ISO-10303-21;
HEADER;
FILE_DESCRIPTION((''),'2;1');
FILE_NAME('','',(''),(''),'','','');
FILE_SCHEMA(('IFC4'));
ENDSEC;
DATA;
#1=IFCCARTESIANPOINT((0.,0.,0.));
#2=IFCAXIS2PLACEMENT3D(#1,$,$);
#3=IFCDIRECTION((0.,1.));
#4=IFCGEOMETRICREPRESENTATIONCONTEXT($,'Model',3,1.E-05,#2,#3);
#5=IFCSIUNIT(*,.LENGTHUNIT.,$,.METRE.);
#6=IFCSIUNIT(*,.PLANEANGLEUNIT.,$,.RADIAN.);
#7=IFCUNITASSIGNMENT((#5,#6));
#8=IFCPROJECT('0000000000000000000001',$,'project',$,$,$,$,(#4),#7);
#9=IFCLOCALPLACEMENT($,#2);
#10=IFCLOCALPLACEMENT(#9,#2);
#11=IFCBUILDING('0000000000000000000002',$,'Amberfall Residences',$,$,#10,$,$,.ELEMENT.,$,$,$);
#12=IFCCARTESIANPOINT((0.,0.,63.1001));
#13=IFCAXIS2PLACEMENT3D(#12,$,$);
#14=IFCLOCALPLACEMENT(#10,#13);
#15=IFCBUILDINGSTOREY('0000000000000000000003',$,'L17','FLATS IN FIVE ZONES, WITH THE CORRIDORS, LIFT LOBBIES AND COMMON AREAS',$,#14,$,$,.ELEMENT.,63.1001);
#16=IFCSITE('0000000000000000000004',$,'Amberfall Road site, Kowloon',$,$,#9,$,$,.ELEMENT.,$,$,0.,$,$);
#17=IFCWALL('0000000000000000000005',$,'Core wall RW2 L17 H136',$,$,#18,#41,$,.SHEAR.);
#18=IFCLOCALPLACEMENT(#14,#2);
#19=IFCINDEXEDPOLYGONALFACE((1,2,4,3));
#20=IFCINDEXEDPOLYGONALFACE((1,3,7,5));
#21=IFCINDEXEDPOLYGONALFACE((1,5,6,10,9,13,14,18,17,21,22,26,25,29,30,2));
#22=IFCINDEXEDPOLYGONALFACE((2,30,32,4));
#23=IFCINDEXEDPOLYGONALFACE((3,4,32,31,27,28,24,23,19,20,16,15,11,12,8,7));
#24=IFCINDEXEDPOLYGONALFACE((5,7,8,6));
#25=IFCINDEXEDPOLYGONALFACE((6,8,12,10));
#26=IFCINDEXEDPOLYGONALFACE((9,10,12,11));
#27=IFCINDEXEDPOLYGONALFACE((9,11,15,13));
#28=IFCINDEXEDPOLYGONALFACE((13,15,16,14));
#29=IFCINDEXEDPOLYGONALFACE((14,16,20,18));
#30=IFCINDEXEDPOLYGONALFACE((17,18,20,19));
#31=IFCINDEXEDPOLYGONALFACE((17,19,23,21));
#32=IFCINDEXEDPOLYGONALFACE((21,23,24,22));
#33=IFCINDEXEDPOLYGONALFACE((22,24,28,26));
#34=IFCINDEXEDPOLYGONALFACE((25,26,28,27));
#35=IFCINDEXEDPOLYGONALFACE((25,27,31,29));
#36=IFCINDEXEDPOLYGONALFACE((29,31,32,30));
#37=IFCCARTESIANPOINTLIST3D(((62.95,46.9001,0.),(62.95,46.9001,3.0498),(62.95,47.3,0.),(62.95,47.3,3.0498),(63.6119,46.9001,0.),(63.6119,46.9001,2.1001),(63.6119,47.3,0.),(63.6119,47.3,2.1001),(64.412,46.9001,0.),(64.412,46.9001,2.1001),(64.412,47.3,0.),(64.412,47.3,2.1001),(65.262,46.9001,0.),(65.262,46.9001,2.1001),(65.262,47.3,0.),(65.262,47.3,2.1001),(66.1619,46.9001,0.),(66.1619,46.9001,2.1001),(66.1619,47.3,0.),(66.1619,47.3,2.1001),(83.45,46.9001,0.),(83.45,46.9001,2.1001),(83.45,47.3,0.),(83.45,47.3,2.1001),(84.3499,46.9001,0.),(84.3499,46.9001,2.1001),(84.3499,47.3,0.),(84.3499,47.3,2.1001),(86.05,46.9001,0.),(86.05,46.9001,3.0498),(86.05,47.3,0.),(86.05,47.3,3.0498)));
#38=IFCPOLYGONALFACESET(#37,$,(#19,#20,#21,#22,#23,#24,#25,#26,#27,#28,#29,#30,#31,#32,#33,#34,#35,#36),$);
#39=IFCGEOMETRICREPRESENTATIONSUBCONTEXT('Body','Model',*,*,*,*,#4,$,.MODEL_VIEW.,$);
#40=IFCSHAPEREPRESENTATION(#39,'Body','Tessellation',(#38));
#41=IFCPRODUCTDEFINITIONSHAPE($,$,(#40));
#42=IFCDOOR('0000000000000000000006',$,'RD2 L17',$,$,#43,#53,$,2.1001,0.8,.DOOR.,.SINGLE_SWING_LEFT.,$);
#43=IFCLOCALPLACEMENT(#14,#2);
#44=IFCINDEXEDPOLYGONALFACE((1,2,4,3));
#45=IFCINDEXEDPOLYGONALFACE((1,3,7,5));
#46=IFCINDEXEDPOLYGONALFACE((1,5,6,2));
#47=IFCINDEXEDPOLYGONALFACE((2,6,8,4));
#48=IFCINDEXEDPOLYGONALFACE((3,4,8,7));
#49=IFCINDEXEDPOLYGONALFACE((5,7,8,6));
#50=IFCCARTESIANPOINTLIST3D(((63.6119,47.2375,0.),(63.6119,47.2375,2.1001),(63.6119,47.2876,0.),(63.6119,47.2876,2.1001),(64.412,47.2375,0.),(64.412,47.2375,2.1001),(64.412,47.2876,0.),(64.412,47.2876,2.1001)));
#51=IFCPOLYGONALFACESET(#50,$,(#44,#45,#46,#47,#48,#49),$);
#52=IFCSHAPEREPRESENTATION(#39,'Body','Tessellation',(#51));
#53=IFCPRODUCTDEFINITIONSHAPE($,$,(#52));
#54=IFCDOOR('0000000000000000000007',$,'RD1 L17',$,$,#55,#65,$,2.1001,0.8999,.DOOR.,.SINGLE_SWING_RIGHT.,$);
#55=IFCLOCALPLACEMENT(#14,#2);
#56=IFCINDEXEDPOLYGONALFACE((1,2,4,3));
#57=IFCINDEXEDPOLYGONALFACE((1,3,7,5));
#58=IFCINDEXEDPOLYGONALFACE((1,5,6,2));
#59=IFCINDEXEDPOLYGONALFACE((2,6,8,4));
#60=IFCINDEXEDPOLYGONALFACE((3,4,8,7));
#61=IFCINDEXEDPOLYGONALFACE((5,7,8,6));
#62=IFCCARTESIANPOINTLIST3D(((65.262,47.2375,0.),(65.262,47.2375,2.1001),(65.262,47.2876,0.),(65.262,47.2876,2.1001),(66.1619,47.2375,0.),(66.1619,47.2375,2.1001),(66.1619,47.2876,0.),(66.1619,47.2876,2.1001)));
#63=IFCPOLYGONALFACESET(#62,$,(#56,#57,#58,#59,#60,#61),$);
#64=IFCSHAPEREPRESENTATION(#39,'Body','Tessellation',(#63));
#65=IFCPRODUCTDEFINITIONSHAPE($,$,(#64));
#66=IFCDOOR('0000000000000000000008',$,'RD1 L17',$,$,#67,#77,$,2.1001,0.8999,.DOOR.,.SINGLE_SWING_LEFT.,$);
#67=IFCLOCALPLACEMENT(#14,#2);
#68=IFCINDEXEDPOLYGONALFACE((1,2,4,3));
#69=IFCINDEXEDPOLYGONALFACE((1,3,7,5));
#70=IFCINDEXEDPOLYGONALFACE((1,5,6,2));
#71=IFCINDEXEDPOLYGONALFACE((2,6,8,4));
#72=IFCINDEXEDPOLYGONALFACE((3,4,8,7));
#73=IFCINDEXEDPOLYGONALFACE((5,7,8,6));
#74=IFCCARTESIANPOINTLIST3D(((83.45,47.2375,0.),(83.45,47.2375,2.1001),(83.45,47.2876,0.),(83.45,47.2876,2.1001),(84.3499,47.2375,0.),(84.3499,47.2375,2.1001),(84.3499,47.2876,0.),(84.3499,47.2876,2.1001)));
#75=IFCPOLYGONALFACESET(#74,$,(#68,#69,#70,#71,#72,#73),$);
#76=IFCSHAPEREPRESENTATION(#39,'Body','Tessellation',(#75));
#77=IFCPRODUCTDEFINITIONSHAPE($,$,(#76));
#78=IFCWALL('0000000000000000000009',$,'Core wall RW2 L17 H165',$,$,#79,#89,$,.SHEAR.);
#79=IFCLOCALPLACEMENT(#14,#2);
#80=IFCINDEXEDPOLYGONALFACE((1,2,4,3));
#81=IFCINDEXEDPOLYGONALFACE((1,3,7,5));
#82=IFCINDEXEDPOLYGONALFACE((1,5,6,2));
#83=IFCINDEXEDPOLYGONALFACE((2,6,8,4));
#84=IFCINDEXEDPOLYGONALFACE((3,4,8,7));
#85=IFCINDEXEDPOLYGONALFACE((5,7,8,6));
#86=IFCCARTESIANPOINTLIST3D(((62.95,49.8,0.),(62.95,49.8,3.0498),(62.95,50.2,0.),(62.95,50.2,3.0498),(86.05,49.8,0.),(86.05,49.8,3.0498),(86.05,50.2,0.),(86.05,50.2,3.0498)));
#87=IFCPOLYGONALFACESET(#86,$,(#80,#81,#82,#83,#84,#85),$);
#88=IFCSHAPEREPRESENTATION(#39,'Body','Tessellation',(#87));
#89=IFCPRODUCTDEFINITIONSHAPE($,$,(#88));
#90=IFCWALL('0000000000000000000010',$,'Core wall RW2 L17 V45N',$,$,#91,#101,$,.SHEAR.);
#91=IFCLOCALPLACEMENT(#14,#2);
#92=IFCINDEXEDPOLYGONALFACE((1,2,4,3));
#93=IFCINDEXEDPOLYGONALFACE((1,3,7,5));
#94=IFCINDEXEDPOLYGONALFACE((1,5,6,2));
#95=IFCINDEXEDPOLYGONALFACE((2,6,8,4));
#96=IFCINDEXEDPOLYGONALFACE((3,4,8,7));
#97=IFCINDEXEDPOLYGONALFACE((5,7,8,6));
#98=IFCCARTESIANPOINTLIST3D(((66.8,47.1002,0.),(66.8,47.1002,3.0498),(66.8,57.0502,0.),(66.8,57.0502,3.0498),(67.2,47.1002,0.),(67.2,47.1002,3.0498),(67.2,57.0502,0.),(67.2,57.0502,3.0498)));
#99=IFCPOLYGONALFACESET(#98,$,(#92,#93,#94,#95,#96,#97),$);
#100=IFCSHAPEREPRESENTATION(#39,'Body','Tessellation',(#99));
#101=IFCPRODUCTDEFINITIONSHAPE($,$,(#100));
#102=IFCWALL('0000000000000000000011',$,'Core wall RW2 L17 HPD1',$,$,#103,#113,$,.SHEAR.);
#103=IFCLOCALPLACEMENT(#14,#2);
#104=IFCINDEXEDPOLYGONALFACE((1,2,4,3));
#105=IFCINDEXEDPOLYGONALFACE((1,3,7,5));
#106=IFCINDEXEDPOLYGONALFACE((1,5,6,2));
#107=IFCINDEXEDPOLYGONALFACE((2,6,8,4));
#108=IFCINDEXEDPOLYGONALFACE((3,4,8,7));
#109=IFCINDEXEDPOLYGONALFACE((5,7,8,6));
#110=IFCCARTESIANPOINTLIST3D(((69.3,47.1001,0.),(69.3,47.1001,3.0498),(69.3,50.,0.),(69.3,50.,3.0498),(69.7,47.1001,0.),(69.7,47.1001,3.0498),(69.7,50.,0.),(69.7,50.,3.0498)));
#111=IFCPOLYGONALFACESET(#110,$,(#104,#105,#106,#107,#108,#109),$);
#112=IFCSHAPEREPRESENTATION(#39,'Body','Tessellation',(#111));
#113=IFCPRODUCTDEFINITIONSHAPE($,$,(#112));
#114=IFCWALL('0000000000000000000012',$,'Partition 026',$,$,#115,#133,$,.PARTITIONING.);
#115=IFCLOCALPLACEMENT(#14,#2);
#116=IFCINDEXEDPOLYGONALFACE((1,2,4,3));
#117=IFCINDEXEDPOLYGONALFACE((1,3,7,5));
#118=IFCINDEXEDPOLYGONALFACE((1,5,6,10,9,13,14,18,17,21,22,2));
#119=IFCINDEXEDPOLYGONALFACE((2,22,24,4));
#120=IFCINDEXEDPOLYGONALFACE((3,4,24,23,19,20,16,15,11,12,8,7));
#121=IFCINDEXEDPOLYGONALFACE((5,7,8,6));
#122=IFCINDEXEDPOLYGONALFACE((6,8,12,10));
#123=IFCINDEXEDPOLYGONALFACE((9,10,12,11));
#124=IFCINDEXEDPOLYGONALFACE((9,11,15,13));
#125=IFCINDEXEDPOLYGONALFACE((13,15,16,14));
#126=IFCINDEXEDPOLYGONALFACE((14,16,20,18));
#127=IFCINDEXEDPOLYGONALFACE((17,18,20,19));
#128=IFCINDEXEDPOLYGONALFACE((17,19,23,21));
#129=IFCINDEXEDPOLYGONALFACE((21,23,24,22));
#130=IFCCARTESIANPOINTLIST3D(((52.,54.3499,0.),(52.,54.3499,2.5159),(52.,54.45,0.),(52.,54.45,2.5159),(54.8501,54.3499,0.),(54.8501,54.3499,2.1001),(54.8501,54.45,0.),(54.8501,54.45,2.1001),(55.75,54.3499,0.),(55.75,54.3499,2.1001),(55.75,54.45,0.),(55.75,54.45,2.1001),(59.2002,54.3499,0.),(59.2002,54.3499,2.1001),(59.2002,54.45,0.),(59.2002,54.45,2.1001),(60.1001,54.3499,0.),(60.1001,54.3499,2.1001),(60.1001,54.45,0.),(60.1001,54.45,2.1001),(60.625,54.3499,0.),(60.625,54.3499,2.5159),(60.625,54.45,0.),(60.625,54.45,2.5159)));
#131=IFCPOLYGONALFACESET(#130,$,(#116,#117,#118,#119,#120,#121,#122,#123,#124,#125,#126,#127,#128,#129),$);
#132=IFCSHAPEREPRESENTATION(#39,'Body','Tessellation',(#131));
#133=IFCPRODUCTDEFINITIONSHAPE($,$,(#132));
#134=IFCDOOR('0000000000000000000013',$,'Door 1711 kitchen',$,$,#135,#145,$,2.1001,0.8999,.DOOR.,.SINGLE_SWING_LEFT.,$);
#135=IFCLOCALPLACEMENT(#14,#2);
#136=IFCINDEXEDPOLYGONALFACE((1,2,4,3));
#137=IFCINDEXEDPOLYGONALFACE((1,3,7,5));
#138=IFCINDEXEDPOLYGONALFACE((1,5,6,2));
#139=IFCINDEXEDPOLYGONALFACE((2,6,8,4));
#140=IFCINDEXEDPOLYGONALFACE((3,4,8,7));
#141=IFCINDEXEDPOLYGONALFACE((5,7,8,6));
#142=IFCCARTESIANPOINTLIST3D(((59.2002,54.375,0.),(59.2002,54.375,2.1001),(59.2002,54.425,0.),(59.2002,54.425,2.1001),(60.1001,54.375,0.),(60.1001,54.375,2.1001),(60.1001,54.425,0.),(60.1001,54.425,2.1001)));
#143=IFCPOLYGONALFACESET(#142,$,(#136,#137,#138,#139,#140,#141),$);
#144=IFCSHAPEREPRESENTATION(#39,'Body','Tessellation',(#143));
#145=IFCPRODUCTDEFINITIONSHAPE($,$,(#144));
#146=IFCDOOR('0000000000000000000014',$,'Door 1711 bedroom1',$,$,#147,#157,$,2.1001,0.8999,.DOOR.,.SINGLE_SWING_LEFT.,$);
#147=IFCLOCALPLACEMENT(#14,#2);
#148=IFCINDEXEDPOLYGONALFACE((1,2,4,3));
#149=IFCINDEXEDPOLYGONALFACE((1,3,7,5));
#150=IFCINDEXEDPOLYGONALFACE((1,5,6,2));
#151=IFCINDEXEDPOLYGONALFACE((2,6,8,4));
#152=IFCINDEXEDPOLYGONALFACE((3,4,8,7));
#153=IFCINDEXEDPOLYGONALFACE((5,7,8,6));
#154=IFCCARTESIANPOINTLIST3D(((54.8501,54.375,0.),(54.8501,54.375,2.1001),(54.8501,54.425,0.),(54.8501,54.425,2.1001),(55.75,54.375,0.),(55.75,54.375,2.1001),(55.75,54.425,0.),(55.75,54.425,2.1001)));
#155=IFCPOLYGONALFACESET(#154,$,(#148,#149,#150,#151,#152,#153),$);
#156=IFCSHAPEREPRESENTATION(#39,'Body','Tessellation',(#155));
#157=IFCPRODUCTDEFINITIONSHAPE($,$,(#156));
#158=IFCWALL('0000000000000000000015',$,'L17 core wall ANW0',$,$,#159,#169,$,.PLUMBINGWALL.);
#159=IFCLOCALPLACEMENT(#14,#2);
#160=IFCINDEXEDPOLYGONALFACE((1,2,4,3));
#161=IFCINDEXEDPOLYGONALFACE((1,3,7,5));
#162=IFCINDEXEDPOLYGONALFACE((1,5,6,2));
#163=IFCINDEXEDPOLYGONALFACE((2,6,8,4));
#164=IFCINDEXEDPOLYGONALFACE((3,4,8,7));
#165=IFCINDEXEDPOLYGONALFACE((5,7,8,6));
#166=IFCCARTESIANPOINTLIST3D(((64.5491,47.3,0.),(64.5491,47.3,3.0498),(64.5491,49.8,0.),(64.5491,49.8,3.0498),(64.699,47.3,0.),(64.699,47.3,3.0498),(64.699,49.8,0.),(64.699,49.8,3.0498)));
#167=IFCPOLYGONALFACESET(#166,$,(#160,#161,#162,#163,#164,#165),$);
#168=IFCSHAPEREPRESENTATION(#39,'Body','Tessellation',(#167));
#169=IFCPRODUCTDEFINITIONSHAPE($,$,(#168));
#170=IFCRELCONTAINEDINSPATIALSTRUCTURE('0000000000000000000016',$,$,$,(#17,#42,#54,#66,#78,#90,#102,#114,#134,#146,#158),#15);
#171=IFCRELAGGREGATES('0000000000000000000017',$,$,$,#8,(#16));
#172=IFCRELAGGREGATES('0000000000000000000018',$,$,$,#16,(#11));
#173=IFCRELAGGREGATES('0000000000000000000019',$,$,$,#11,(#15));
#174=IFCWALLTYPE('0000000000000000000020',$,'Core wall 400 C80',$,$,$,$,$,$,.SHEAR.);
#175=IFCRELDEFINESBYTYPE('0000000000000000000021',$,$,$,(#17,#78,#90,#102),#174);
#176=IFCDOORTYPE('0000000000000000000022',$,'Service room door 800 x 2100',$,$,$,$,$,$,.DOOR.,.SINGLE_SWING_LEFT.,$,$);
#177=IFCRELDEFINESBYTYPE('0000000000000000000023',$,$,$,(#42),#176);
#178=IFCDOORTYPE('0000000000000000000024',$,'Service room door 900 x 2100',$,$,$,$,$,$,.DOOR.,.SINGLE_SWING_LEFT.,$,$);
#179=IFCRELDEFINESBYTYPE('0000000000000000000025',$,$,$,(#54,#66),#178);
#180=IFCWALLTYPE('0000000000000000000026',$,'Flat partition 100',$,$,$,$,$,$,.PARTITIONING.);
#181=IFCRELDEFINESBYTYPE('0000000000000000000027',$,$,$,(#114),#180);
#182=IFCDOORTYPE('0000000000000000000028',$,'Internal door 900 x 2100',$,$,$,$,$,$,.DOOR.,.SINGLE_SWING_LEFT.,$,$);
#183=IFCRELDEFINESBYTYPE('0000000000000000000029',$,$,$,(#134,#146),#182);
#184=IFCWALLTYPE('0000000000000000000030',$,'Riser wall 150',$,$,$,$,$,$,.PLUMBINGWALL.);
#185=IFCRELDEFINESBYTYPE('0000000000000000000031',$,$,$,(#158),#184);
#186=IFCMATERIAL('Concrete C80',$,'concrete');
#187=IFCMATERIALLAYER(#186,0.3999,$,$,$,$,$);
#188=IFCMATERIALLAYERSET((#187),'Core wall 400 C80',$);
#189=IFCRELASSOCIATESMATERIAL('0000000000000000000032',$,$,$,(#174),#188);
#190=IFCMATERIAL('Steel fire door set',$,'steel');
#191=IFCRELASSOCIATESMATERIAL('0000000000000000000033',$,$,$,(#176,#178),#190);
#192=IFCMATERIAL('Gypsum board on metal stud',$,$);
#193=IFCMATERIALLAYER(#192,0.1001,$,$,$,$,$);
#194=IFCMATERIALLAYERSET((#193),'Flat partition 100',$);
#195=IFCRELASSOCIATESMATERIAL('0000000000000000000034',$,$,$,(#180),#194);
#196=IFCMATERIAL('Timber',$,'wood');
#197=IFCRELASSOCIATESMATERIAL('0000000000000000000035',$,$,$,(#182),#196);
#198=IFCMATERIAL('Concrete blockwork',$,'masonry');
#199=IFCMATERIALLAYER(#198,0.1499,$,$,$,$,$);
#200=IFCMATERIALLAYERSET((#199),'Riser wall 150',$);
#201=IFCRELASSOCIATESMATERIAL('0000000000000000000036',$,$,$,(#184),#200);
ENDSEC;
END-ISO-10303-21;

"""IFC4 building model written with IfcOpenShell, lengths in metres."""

from ifc_helpers import new_model, si_unit, direction, frame, frame_2d, origin, place, context, subcontext, project, spatial, rectangle, extrude, material, layer, layer_set, type_object, element, fill, save


model = new_model("IFC4")

# Units and contexts
model_context = context("Model", 3, precision=1e-05, world=origin(), true_north=direction((0.0, 1.0)))
body_context = subcontext(model_context, "Body", "Model", "MODEL_VIEW")
ifc_project = project(units=[si_unit("LENGTHUNIT", "METRE"), si_unit("PLANEANGLEUNIT", "RADIAN")], contexts=[model_context])

# Site, building, storey
site_placement = place(None, origin())
site = spatial("IfcSite", under=ifc_project, at=site_placement, Name="Amberfall Road site, Kowloon", CompositionType="ELEMENT", RefElevation=0.0)
building_placement = place(site_placement, origin())
building = spatial("IfcBuilding", under=site, at=building_placement, Name="Amberfall Residences", CompositionType="ELEMENT")
storey_placement = place(building_placement, frame((0.0, 0.0, 63.1001)))
storey = spatial("IfcBuildingStorey", under=building, at=storey_placement, Name="L17", Description="FLATS IN FIVE ZONES, WITH THE CORRIDORS, LIFT LOBBIES AND COMMON AREAS", CompositionType="ELEMENT", Elevation=63.1001)

# Wall, openings, doors
ifc_material_1 = material(Name="Concrete C80", Category="concrete")
ifc_layer_1 = layer(ifc_material_1, 0.3999)
ifc_layer_set_1 = layer_set([ifc_layer_1], Name="Core wall 400 C80")
wall_type_1 = type_object("IfcWallType", Name="Core wall 400 C80", PredefinedType="SHEAR", material=ifc_layer_set_1)
wall_1_placement = place(storey_placement, frame((62.95, 47.1001, 0.0), z_axis=(0.0, 0.0, 1.0), x_axis=(1.0, 0.0, 0.0)))
wall_1 = element("IfcWall", 1, at=wall_1_placement, inside=storey, type_object=wall_type_1, Name="Core wall RW2 L17 H136", PredefinedType="SHEAR", context=body_context, shape_type="SweptSolid", body=[
    extrude(rectangle(XDim=23.1001, YDim=0.3999, at=frame_2d((11.55, 0.0))), origin(), (0.0, 0.0, 1.0), 3.0498),
])
opening_1_placement = place(wall_1_placement, frame((0.6621, 0.0, 0.0)))
opening_1 = element("IfcOpeningElement", 2, at=opening_1_placement, cuts=wall_1, PredefinedType="OPENING", context=body_context, shape_type="SweptSolid", body=[
    extrude(rectangle(XDim=0.8, YDim=2.1001, at=frame_2d((0.3999, 1.05))), frame((0.0, 0.21, 0.0), z_axis=(0.0, -1.0, 0.0), x_axis=(1.0, 0.0, 0.0)), (0.0, 0.0, 1.0), 0.4199),
])
opening_2_placement = place(wall_1_placement, frame((2.312, 0.0, 0.0)))
opening_2 = element("IfcOpeningElement", 3, at=opening_2_placement, cuts=wall_1, PredefinedType="OPENING", context=body_context, shape_type="SweptSolid", body=[
    extrude(rectangle(XDim=0.8999, YDim=2.1001, at=frame_2d((0.45, 1.05))), frame((0.0, 0.21, 0.0), z_axis=(0.0, -1.0, 0.0), x_axis=(1.0, 0.0, 0.0)), (0.0, 0.0, 1.0), 0.4199),
])
opening_3_placement = place(wall_1_placement, frame((20.5, 0.0, 0.0)))
opening_3 = element("IfcOpeningElement", 4, at=opening_3_placement, cuts=wall_1, PredefinedType="OPENING", context=body_context, shape_type="SweptSolid", body=[
    extrude(rectangle(XDim=0.8999, YDim=2.1001, at=frame_2d((0.45, 1.05))), frame((0.0, 0.21, 0.0), z_axis=(0.0, -1.0, 0.0), x_axis=(1.0, 0.0, 0.0)), (0.0, 0.0, 1.0), 0.4199),
])
ifc_material_2 = material(Name="Steel fire door set", Category="steel")
door_type_1 = type_object("IfcDoorType", Name="Service room door 800 x 2100", OperationType="SINGLE_SWING_LEFT", PredefinedType="DOOR", material=ifc_material_2)
door_1_placement = place(opening_1_placement, origin())
door_1 = element("IfcDoor", 5, at=door_1_placement, inside=storey, type_object=door_type_1, Name="RD2 L17", OperationType="SINGLE_SWING_LEFT", OverallHeight=2.1001, OverallWidth=0.8, PredefinedType="DOOR", context=body_context, shape_type="SweptSolid", body=[
    extrude(rectangle(XDim=0.8, YDim=2.1001, at=frame_2d((0.3999, 1.05))), frame((0.0, 0.1875, 0.0), z_axis=(0.0, -1.0, 0.0), x_axis=(1.0, 0.0, 0.0)), (0.0, 0.0, 1.0), 0.05),
])
fill(opening_1, door_1)
door_type_2 = type_object("IfcDoorType", Name="Service room door 900 x 2100", OperationType="SINGLE_SWING_LEFT", PredefinedType="DOOR", material=ifc_material_2)
door_2_placement = place(opening_2_placement, origin())
door_2 = element("IfcDoor", 6, at=door_2_placement, inside=storey, type_object=door_type_2, Name="RD1 L17", OperationType="SINGLE_SWING_RIGHT", OverallHeight=2.1001, OverallWidth=0.8999, PredefinedType="DOOR", context=body_context, shape_type="SweptSolid", body=[
    extrude(rectangle(XDim=0.8999, YDim=2.1001, at=frame_2d((0.45, 1.05))), frame((0.0, 0.1875, 0.0), z_axis=(0.0, -1.0, 0.0), x_axis=(1.0, 0.0, 0.0)), (0.0, 0.0, 1.0), 0.05),
])
fill(opening_2, door_2)
door_3_placement = place(opening_3_placement, origin())
door_3 = element("IfcDoor", 7, at=door_3_placement, inside=storey, type_object=door_type_2, Name="RD1 L17", OperationType="SINGLE_SWING_LEFT", OverallHeight=2.1001, OverallWidth=0.8999, PredefinedType="DOOR", context=body_context, shape_type="SweptSolid", body=[
    extrude(rectangle(XDim=0.8999, YDim=2.1001, at=frame_2d((0.45, 1.05))), frame((0.0, 0.1875, 0.0), z_axis=(0.0, -1.0, 0.0), x_axis=(1.0, 0.0, 0.0)), (0.0, 0.0, 1.0), 0.05),
])
fill(opening_3, door_3)

# Walls
wall_2_placement = place(storey_placement, frame((62.95, 50.0, 0.0), z_axis=(0.0, 0.0, 1.0), x_axis=(1.0, 0.0, 0.0)))
element("IfcWall", 8, at=wall_2_placement, inside=storey, type_object=wall_type_1, Name="Core wall RW2 L17 H165", PredefinedType="SHEAR", context=body_context, shape_type="SweptSolid", body=[
    extrude(rectangle(XDim=23.1001, YDim=0.3999, at=frame_2d((11.55, 0.0))), origin(), (0.0, 0.0, 1.0), 3.0498),
])
wall_3_placement = place(storey_placement, frame((67.0, 47.1001, 0.0), z_axis=(0.0, 0.0, 1.0), x_axis=(0.0, 1.0, 0.0)))
element("IfcWall", 9, at=wall_3_placement, inside=storey, type_object=wall_type_1, Name="Core wall RW2 L17 V45N", PredefinedType="SHEAR", context=body_context, shape_type="SweptSolid", body=[
    extrude(rectangle(XDim=9.95, YDim=0.3999, at=frame_2d((4.9751, 0.0))), origin(), (0.0, 0.0, 1.0), 3.0498),
])
wall_4_placement = place(storey_placement, frame((69.5, 47.1001, 0.0), z_axis=(0.0, 0.0, 1.0), x_axis=(0.0, 1.0, 0.0)))
element("IfcWall", 10, at=wall_4_placement, inside=storey, type_object=wall_type_1, Name="Core wall RW2 L17 HPD1", PredefinedType="SHEAR", context=body_context, shape_type="SweptSolid", body=[
    extrude(rectangle(XDim=2.8999, YDim=0.3999, at=frame_2d((1.45, 0.0))), origin(), (0.0, 0.0, 1.0), 3.0498),
])

# Wall, openings, doors
ifc_material_3 = material(Name="Gypsum board on metal stud")
ifc_layer_2 = layer(ifc_material_3, 0.1001)
ifc_layer_set_2 = layer_set([ifc_layer_2], Name="Flat partition 100")
wall_type_2 = type_object("IfcWallType", Name="Flat partition 100", PredefinedType="PARTITIONING", material=ifc_layer_set_2)
wall_5_placement = place(storey_placement, frame((60.625, 54.3999, 0.0), z_axis=(0.0, 0.0, 1.0), x_axis=(-1.0, 0.0, 0.0)))
wall_5 = element("IfcWall", 11, at=wall_5_placement, inside=storey, type_object=wall_type_2, Name="Partition 026", PredefinedType="PARTITIONING", context=body_context, shape_type="SweptSolid", body=[
    extrude(rectangle(XDim=8.625, YDim=0.1001, at=frame_2d((4.3125, 0.0))), origin(), (0.0, 0.0, 1.0), 2.5159),
])
opening_4_placement = place(wall_5_placement, frame((0.5249, 0.0, 0.0)))
opening_4 = element("IfcOpeningElement", 12, at=opening_4_placement, cuts=wall_5, PredefinedType="OPENING", context=body_context, shape_type="SweptSolid", body=[
    extrude(rectangle(XDim=0.8999, YDim=2.1001, at=frame_2d((0.45, 1.05))), frame((0.0, 0.0601, 0.0), z_axis=(0.0, -1.0, 0.0), x_axis=(1.0, 0.0, 0.0)), (0.0, 0.0, 1.0), 0.1201),
])
opening_5_placement = place(wall_5_placement, frame((4.875, 0.0, 0.0)))
opening_5 = element("IfcOpeningElement", 13, at=opening_5_placement, cuts=wall_5, PredefinedType="OPENING", context=body_context, shape_type="SweptSolid", body=[
    extrude(rectangle(XDim=0.8999, YDim=2.1001, at=frame_2d((0.45, 1.05))), frame((0.0, 0.0601, 0.0), z_axis=(0.0, -1.0, 0.0), x_axis=(1.0, 0.0, 0.0)), (0.0, 0.0, 1.0), 0.1201),
])
ifc_material_4 = material(Name="Timber", Category="wood")
door_type_3 = type_object("IfcDoorType", Name="Internal door 900 x 2100", OperationType="SINGLE_SWING_LEFT", PredefinedType="DOOR", material=ifc_material_4)
door_4_placement = place(opening_4_placement, origin())
door_4 = element("IfcDoor", 14, at=door_4_placement, inside=storey, type_object=door_type_3, Name="Door 1711 kitchen", OperationType="SINGLE_SWING_LEFT", OverallHeight=2.1001, OverallWidth=0.8999, PredefinedType="DOOR", context=body_context, shape_type="SweptSolid", body=[
    extrude(rectangle(XDim=0.8999, YDim=2.1001, at=frame_2d((0.45, 1.05))), frame((0.0, 0.0249, 0.0), z_axis=(0.0, -1.0, 0.0), x_axis=(1.0, 0.0, 0.0)), (0.0, 0.0, 1.0), 0.05),
])
fill(opening_4, door_4)
door_5_placement = place(opening_5_placement, origin())
door_5 = element("IfcDoor", 15, at=door_5_placement, inside=storey, type_object=door_type_3, Name="Door 1711 bedroom1", OperationType="SINGLE_SWING_LEFT", OverallHeight=2.1001, OverallWidth=0.8999, PredefinedType="DOOR", context=body_context, shape_type="SweptSolid", body=[
    extrude(rectangle(XDim=0.8999, YDim=2.1001, at=frame_2d((0.45, 1.05))), frame((0.0, 0.0249, 0.0), z_axis=(0.0, -1.0, 0.0), x_axis=(1.0, 0.0, 0.0)), (0.0, 0.0, 1.0), 0.05),
])
fill(opening_5, door_5)

# Wall
ifc_material_5 = material(Name="Concrete blockwork", Category="masonry")
ifc_layer_3 = layer(ifc_material_5, 0.1499)
ifc_layer_set_3 = layer_set([ifc_layer_3], Name="Riser wall 150")
wall_type_3 = type_object("IfcWallType", Name="Riser wall 150", PredefinedType="PLUMBINGWALL", material=ifc_layer_set_3)
wall_6_placement = place(storey_placement, frame((64.624, 47.3, 0.0), z_axis=(0.0, 0.0, 1.0), x_axis=(0.0, 1.0, 0.0)))
element("IfcWall", 16, at=wall_6_placement, inside=storey, type_object=wall_type_3, Name="L17 core wall ANW0", PredefinedType="PLUMBINGWALL", context=body_context, shape_type="SweptSolid", body=[
    extrude(rectangle(XDim=2.5, YDim=0.1499, at=frame_2d((1.25, 0.0))), origin(), (0.0, 0.0, 1.0), 3.0498),
])

save(model, "model.ifc")
